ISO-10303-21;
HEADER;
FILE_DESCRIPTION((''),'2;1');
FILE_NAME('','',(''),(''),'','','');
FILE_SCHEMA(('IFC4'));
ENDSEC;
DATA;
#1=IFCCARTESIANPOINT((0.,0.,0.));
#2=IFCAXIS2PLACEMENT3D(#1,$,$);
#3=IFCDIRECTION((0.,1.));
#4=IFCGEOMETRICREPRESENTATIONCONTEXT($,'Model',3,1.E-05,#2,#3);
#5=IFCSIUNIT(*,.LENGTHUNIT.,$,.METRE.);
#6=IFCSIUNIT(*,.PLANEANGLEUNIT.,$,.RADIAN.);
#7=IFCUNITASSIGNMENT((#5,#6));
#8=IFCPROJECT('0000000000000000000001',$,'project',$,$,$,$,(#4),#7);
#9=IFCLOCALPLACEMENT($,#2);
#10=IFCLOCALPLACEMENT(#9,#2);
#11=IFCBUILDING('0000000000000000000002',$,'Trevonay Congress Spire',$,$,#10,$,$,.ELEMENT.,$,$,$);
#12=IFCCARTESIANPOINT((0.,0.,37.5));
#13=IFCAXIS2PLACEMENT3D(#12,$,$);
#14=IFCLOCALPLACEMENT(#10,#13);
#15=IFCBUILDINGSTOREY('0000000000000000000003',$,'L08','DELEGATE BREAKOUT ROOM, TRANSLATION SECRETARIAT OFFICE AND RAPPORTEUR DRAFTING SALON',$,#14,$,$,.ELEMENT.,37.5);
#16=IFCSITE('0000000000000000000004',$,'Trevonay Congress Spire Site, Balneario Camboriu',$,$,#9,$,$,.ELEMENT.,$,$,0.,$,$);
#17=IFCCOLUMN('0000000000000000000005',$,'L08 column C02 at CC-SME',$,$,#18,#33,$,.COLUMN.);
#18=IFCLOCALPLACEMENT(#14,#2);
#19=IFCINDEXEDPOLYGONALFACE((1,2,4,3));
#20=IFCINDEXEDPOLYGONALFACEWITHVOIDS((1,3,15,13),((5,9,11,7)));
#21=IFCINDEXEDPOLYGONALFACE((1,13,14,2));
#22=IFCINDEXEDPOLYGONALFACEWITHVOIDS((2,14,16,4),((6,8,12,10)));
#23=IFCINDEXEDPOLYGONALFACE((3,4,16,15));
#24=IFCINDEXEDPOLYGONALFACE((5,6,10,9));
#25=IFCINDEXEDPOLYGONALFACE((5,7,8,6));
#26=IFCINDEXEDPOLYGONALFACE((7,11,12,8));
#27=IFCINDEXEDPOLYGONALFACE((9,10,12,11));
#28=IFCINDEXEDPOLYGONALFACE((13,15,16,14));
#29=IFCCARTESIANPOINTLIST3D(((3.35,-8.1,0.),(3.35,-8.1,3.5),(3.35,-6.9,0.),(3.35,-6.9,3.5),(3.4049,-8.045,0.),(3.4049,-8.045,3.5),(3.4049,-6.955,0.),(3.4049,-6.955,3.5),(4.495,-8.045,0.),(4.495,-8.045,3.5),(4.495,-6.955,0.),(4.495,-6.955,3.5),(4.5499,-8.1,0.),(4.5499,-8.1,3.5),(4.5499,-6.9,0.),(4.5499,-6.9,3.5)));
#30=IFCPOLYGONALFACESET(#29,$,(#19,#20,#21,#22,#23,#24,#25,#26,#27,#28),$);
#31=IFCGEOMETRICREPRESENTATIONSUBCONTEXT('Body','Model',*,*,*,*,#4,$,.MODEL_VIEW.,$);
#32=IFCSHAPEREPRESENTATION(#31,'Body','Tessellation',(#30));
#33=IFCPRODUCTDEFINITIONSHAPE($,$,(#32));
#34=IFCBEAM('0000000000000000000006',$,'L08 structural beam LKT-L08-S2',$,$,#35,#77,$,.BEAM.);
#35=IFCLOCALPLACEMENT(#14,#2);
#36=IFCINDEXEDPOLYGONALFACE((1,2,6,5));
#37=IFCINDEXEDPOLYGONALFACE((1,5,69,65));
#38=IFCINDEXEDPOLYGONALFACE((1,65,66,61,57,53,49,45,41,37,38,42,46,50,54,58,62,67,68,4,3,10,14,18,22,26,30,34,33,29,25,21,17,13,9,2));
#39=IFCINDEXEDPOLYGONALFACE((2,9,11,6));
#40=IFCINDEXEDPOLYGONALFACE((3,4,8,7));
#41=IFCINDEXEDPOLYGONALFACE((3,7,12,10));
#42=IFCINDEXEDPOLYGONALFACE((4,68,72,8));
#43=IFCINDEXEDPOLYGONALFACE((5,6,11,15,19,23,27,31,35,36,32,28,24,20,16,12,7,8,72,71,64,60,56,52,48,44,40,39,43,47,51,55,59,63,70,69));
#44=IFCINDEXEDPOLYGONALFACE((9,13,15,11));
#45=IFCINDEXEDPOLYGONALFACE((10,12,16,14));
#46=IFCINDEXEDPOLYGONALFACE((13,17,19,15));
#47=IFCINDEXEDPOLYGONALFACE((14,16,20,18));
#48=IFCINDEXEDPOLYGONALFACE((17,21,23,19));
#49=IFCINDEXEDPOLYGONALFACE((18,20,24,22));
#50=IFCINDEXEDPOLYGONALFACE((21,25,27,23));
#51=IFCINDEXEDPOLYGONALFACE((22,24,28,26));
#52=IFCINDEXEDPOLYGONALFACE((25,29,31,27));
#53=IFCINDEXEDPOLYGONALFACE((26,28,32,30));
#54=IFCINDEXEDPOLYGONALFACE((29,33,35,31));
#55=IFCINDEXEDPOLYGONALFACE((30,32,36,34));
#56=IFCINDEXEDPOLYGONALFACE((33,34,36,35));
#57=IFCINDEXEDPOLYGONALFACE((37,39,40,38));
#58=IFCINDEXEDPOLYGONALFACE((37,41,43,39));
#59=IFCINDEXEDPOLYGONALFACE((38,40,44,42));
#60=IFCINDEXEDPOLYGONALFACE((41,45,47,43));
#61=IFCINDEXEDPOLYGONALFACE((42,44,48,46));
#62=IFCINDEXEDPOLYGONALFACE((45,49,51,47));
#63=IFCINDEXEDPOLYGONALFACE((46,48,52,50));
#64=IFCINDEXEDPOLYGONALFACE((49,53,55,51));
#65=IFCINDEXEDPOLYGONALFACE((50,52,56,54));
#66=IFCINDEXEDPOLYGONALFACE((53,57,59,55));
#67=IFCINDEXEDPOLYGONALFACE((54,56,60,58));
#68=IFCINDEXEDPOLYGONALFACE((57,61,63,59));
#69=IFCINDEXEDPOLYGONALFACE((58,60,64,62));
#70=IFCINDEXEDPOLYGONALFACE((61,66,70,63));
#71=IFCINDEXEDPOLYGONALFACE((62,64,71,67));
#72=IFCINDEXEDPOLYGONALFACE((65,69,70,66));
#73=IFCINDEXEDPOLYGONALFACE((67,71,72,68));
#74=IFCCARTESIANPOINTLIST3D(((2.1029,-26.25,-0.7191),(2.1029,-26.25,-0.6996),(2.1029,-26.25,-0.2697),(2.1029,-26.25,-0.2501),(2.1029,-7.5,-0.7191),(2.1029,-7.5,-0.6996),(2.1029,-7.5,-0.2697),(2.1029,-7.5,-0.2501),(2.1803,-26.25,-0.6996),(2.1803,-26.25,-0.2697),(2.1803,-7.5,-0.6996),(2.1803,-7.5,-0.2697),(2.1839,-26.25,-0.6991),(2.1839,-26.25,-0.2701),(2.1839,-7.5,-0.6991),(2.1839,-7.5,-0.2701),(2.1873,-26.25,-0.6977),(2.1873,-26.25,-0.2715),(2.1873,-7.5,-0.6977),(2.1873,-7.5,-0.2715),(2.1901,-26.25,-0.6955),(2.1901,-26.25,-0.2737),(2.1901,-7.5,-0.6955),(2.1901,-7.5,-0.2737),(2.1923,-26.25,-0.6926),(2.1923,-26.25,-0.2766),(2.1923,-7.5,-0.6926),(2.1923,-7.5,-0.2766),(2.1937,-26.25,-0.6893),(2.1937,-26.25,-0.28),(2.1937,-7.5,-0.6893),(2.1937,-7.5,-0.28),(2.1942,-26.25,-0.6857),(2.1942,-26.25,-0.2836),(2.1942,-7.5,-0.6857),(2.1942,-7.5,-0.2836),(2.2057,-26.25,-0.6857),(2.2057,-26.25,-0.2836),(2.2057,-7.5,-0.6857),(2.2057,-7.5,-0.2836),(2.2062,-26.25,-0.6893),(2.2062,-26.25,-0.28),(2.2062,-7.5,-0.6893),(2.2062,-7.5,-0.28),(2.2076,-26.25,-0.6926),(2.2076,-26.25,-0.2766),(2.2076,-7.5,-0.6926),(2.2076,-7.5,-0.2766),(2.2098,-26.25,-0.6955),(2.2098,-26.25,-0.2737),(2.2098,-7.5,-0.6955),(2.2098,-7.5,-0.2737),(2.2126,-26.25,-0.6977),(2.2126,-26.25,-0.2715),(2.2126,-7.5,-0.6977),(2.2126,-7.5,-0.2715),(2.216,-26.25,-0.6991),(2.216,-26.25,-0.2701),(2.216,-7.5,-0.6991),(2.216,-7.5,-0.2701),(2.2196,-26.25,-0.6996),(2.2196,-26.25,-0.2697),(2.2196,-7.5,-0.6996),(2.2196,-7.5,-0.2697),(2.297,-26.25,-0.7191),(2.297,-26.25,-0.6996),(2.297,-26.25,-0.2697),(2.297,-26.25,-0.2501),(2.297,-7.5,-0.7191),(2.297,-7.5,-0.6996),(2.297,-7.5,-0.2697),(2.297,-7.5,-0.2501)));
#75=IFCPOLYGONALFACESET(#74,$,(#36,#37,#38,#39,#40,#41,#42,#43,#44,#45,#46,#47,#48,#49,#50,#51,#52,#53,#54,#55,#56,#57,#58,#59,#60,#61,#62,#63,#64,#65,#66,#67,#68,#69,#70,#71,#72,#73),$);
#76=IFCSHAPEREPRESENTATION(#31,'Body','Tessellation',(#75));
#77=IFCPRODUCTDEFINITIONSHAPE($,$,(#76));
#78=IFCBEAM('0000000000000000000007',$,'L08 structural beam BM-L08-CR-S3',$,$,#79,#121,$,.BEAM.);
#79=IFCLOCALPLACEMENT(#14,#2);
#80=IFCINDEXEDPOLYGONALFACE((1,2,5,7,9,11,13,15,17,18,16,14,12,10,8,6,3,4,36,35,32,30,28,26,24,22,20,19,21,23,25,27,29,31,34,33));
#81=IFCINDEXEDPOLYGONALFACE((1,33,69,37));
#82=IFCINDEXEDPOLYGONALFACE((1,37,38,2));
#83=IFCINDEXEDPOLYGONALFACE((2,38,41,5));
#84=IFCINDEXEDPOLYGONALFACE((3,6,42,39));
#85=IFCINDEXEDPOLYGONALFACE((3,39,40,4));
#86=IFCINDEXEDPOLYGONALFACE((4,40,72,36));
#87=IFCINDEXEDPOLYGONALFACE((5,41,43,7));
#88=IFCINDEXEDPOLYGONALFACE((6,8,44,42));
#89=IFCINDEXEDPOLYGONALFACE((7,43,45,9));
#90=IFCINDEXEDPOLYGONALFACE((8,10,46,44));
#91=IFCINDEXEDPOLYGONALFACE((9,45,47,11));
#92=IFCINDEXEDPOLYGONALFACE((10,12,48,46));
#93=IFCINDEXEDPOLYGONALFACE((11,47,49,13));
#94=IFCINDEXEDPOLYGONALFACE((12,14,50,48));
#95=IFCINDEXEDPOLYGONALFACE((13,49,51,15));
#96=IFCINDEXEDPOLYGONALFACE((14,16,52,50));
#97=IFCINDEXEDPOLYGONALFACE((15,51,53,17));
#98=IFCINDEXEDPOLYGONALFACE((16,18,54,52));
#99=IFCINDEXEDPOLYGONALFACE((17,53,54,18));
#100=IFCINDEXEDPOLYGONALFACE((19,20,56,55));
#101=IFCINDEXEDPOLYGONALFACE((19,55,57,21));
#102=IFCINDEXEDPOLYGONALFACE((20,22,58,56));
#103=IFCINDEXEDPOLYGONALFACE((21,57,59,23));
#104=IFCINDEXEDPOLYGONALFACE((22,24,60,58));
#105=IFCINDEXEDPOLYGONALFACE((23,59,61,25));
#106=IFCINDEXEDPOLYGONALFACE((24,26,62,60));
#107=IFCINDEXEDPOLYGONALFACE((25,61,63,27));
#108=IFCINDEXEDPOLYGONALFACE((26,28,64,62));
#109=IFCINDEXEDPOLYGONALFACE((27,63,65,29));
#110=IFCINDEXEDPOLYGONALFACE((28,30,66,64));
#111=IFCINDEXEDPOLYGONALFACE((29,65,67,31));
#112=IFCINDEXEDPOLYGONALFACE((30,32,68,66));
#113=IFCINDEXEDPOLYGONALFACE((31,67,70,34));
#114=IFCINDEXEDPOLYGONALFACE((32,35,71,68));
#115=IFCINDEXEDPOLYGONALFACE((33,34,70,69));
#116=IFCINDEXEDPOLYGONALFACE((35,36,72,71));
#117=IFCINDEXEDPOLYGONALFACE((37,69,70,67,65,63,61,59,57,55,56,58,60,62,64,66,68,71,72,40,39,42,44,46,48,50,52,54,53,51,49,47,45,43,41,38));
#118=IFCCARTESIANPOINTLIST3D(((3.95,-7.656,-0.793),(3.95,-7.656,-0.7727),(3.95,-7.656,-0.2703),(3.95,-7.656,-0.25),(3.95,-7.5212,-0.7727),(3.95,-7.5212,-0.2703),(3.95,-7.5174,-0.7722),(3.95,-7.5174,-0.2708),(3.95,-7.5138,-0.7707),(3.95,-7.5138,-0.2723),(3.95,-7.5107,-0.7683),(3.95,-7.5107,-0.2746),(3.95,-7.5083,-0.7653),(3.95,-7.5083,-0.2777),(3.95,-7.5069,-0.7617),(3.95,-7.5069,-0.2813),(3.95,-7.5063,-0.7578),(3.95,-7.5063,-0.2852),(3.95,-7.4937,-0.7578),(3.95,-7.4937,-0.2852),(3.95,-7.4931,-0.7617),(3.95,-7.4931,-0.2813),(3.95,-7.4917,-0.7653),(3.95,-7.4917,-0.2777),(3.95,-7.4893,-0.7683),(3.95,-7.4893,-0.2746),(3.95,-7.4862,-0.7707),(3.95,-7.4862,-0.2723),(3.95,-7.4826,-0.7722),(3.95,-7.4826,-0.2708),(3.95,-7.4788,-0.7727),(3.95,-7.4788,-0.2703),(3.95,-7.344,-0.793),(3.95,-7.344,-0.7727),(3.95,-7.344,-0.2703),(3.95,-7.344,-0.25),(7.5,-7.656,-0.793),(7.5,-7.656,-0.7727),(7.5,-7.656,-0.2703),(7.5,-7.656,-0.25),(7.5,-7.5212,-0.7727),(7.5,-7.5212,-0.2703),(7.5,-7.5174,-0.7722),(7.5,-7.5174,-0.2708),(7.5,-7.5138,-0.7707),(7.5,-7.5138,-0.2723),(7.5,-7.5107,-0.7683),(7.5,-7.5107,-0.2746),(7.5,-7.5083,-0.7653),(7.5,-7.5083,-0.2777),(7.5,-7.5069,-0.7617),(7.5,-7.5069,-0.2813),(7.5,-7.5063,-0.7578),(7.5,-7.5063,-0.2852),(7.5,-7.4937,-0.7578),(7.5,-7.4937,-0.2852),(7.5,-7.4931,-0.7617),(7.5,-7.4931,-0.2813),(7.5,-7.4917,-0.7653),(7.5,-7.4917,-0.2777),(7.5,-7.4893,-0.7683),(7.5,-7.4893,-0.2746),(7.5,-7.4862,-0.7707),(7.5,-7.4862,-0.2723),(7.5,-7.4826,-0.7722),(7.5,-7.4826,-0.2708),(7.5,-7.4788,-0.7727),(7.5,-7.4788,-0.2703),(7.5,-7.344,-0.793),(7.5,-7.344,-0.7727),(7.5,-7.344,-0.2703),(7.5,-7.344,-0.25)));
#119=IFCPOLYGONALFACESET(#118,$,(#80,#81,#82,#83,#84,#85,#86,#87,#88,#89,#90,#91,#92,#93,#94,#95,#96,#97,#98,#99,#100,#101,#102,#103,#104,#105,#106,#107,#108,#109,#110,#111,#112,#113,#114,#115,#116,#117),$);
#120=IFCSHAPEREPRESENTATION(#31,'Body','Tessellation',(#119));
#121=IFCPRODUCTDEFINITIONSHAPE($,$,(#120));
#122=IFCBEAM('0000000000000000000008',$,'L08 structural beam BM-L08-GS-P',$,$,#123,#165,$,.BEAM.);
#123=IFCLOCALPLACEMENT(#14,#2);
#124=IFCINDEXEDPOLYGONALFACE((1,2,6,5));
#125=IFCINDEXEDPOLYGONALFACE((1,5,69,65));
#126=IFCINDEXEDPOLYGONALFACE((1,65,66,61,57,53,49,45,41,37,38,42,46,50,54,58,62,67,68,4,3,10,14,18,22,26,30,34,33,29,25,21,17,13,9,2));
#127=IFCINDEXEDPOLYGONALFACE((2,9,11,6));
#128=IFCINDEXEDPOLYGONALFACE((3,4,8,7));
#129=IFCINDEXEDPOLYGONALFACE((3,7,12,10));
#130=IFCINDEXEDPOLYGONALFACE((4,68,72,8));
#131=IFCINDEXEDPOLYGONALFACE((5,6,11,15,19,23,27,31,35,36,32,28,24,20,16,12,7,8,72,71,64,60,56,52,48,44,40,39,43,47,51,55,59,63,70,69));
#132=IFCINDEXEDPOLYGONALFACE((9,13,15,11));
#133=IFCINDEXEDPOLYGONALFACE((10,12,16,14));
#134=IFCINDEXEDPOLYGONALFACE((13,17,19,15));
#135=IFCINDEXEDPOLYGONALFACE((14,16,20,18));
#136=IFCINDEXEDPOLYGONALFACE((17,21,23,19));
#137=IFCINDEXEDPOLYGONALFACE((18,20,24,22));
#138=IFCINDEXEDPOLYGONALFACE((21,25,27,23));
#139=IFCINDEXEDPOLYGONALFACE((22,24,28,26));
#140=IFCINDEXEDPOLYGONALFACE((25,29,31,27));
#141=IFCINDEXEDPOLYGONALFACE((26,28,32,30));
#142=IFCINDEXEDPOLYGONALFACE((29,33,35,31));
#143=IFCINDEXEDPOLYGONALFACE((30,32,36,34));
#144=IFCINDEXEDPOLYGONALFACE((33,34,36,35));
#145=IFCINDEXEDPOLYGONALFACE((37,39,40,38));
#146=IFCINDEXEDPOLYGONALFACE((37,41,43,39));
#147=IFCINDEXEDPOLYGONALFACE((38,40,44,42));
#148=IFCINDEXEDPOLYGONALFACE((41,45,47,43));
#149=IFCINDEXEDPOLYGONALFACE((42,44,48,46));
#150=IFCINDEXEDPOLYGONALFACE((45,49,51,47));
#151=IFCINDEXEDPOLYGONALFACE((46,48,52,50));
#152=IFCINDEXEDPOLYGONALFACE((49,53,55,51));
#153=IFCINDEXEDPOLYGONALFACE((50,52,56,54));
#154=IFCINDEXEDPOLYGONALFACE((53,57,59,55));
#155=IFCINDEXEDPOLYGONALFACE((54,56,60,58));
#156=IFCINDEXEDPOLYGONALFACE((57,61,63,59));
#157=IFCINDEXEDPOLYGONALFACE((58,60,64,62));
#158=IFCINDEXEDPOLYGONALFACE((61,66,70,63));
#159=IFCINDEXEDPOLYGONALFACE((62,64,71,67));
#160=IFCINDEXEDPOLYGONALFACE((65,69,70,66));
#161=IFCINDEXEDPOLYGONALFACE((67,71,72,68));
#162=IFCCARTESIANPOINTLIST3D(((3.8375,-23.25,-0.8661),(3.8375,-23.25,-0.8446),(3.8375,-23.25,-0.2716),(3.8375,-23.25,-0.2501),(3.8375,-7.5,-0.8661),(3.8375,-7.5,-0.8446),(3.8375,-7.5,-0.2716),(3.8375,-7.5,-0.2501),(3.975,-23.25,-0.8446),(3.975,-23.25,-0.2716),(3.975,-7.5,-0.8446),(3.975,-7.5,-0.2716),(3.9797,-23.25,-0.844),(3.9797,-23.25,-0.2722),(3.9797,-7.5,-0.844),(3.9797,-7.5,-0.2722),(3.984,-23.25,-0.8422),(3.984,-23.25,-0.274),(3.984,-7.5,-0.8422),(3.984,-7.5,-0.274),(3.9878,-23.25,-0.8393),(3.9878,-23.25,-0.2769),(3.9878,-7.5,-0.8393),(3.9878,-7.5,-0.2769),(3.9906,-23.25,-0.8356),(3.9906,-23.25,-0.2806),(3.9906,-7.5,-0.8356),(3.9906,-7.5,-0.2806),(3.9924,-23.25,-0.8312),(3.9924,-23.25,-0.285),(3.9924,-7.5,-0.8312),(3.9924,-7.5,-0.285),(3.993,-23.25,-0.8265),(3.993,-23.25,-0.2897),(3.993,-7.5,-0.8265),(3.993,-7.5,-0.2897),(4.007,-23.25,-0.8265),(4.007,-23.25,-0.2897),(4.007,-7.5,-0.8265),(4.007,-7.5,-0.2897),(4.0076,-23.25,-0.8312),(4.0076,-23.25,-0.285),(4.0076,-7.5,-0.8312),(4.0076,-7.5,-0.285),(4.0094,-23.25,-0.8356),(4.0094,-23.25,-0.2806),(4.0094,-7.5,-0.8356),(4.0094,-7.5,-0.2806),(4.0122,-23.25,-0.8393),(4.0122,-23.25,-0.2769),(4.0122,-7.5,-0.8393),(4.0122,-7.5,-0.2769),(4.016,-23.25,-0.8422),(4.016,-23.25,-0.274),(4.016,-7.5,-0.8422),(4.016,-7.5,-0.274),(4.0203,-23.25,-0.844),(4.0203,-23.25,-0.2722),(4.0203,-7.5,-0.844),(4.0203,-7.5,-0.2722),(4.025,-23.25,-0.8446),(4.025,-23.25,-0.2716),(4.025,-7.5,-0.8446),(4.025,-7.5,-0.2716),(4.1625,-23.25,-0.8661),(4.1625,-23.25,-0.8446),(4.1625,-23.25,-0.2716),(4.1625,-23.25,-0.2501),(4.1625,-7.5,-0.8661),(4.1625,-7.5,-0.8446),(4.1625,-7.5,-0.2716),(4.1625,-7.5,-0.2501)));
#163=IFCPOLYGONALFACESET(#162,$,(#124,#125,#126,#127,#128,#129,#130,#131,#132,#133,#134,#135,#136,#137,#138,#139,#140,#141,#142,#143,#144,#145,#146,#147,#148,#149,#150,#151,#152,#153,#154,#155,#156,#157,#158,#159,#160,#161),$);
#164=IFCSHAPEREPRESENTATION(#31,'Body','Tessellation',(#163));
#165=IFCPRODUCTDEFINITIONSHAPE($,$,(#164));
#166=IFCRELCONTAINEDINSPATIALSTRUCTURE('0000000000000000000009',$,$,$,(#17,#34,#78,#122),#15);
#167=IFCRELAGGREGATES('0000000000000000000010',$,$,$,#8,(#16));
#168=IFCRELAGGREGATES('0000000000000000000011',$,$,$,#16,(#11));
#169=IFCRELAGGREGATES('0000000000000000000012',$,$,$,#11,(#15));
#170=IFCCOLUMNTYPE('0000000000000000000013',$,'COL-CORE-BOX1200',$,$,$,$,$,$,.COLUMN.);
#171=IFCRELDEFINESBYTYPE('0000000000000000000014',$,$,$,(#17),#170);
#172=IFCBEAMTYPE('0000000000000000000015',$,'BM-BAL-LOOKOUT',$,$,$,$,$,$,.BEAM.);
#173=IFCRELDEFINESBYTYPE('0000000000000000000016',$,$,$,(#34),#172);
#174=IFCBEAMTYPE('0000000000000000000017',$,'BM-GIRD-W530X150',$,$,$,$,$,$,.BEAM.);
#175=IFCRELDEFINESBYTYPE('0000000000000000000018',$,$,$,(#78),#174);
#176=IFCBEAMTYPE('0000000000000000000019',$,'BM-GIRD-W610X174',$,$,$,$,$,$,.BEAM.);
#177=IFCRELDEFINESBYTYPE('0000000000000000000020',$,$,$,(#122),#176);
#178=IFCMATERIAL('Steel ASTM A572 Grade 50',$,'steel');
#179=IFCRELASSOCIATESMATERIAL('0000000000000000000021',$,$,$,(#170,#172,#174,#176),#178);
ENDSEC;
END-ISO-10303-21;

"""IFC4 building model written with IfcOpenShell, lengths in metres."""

from ifc_helpers import new_model, si_unit, direction, frame, origin, origin_2d, place, context, subcontext, project, spatial, hollow_rectangle, i_section, extrude, material, material_profile, profile_set, type_object, element, save


model = new_model("IFC4")

# Units and contexts
model_context = context("Model", 3, precision=1e-05, world=origin(), true_north=direction((0.0, 1.0)))
body_context = subcontext(model_context, "Body", "Model", "MODEL_VIEW")
ifc_project = project(units=[si_unit("LENGTHUNIT", "METRE"), si_unit("PLANEANGLEUNIT", "RADIAN")], contexts=[model_context])

# Site, building, storey
site_placement = place(None, origin())
site = spatial("IfcSite", under=ifc_project, at=site_placement, Name="Trevonay Congress Spire Site, Balneario Camboriu", CompositionType="ELEMENT", RefElevation=0.0)
building_placement = place(site_placement, origin())
building = spatial("IfcBuilding", under=site, at=building_placement, Name="Trevonay Congress Spire", CompositionType="ELEMENT")
storey_placement = place(building_placement, frame((0.0, 0.0, 37.5)))
storey = spatial("IfcBuildingStorey", under=building, at=storey_placement, Name="L08", Description="DELEGATE BREAKOUT ROOM, TRANSLATION SECRETARIAT OFFICE AND RAPPORTEUR DRAFTING SALON", CompositionType="ELEMENT", Elevation=37.5)

# Column
ifc_material_1 = material(Name="Steel ASTM A572 Grade 50", Category="steel")
ifc_material_profile_1 = material_profile(ifc_material_1, hollow_rectangle(XDim=1.2, YDim=1.2, WallThickness=0.0549, at=origin_2d()), Name="BOX 1200x1200x55")
ifc_profile_set_1 = profile_set([ifc_material_profile_1], Name="Steel ASTM A572 Grade 50")
column_type = type_object("IfcColumnType", Name="COL-CORE-BOX1200", PredefinedType="COLUMN", material=ifc_profile_set_1)
column_placement = place(storey_placement, frame((3.95, -7.5, 0.0), z_axis=(0.0, 0.0, 1.0), x_axis=(1.0, 0.0, 0.0)))
element("IfcColumn", 1, at=column_placement, inside=storey, type_object=column_type, Name="L08 column C02 at CC-SME", PredefinedType="COLUMN", context=body_context, shape_type="SweptSolid", body=[
    extrude(hollow_rectangle(XDim=1.2, YDim=1.2, WallThickness=0.0549, at=origin_2d()), origin(), (0.0, 0.0, 1.0), 3.5),
])

# Beams
ifc_material_profile_2 = material_profile(ifc_material_1, i_section(OverallWidth=0.1941, OverallDepth=0.469, WebThickness=0.0115, FlangeThickness=0.0195, FilletRadius=0.0139, at=origin_2d()), Name="W460x106")
ifc_profile_set_2 = profile_set([ifc_material_profile_2], Name="Steel ASTM A572 Grade 50")
beam_type_1 = type_object("IfcBeamType", Name="BM-BAL-LOOKOUT", PredefinedType="BEAM", material=ifc_profile_set_2)
beam_1_placement = place(storey_placement, frame((2.2, -7.5, -0.4846), z_axis=(0.0, -1.0, 0.0), x_axis=(1.0, 0.0, 0.0)))
element("IfcBeam", 2, at=beam_1_placement, inside=storey, type_object=beam_type_1, Name="L08 structural beam LKT-L08-S2", PredefinedType="BEAM", context=body_context, shape_type="SweptSolid", body=[
    extrude(i_section(OverallWidth=0.1941, OverallDepth=0.469, WebThickness=0.0115, FlangeThickness=0.0195, FilletRadius=0.0139, at=origin_2d()), origin(), (0.0, 0.0, 1.0), 18.75),
])
ifc_material_profile_3 = material_profile(ifc_material_1, i_section(OverallWidth=0.312, OverallDepth=0.543, WebThickness=0.0127, FlangeThickness=0.0203, FilletRadius=0.0149, at=origin_2d()), Name="W530x150")
ifc_profile_set_3 = profile_set([ifc_material_profile_3], Name="Steel ASTM A572 Grade 50")
beam_type_2 = type_object("IfcBeamType", Name="BM-GIRD-W530X150", PredefinedType="BEAM", material=ifc_profile_set_3)
beam_2_placement = place(storey_placement, frame((3.95, -7.5, -0.5215), z_axis=(1.0, 0.0, 0.0), x_axis=(0.0, 1.0, 0.0)))
element("IfcBeam", 3, at=beam_2_placement, inside=storey, type_object=beam_type_2, Name="L08 structural beam BM-L08-CR-S3", PredefinedType="BEAM", context=body_context, shape_type="SweptSolid", body=[
    extrude(i_section(OverallWidth=0.312, OverallDepth=0.543, WebThickness=0.0127, FlangeThickness=0.0203, FilletRadius=0.0149, at=origin_2d()), origin(), (0.0, 0.0, 1.0), 3.55),
])
ifc_material_profile_4 = material_profile(ifc_material_1, i_section(OverallWidth=0.325, OverallDepth=0.616, WebThickness=0.0139, FlangeThickness=0.0215, FilletRadius=0.0181, at=origin_2d()), Name="W610x174")
ifc_profile_set_4 = profile_set([ifc_material_profile_4], Name="Steel ASTM A572 Grade 50")
beam_type_3 = type_object("IfcBeamType", Name="BM-GIRD-W610X174", PredefinedType="BEAM", material=ifc_profile_set_4)
beam_3_placement = place(storey_placement, frame((4.0, -7.5, -0.5581), z_axis=(0.0, -1.0, 0.0), x_axis=(1.0, 0.0, 0.0)))
element("IfcBeam", 4, at=beam_3_placement, inside=storey, type_object=beam_type_3, Name="L08 structural beam BM-L08-GS-P", PredefinedType="BEAM", context=body_context, shape_type="SweptSolid", body=[
    extrude(i_section(OverallWidth=0.325, OverallDepth=0.616, WebThickness=0.0139, FlangeThickness=0.0215, FilletRadius=0.0181, at=origin_2d()), origin(), (0.0, 0.0, 1.0), 15.75),
])

save(model, "model.ifc")
